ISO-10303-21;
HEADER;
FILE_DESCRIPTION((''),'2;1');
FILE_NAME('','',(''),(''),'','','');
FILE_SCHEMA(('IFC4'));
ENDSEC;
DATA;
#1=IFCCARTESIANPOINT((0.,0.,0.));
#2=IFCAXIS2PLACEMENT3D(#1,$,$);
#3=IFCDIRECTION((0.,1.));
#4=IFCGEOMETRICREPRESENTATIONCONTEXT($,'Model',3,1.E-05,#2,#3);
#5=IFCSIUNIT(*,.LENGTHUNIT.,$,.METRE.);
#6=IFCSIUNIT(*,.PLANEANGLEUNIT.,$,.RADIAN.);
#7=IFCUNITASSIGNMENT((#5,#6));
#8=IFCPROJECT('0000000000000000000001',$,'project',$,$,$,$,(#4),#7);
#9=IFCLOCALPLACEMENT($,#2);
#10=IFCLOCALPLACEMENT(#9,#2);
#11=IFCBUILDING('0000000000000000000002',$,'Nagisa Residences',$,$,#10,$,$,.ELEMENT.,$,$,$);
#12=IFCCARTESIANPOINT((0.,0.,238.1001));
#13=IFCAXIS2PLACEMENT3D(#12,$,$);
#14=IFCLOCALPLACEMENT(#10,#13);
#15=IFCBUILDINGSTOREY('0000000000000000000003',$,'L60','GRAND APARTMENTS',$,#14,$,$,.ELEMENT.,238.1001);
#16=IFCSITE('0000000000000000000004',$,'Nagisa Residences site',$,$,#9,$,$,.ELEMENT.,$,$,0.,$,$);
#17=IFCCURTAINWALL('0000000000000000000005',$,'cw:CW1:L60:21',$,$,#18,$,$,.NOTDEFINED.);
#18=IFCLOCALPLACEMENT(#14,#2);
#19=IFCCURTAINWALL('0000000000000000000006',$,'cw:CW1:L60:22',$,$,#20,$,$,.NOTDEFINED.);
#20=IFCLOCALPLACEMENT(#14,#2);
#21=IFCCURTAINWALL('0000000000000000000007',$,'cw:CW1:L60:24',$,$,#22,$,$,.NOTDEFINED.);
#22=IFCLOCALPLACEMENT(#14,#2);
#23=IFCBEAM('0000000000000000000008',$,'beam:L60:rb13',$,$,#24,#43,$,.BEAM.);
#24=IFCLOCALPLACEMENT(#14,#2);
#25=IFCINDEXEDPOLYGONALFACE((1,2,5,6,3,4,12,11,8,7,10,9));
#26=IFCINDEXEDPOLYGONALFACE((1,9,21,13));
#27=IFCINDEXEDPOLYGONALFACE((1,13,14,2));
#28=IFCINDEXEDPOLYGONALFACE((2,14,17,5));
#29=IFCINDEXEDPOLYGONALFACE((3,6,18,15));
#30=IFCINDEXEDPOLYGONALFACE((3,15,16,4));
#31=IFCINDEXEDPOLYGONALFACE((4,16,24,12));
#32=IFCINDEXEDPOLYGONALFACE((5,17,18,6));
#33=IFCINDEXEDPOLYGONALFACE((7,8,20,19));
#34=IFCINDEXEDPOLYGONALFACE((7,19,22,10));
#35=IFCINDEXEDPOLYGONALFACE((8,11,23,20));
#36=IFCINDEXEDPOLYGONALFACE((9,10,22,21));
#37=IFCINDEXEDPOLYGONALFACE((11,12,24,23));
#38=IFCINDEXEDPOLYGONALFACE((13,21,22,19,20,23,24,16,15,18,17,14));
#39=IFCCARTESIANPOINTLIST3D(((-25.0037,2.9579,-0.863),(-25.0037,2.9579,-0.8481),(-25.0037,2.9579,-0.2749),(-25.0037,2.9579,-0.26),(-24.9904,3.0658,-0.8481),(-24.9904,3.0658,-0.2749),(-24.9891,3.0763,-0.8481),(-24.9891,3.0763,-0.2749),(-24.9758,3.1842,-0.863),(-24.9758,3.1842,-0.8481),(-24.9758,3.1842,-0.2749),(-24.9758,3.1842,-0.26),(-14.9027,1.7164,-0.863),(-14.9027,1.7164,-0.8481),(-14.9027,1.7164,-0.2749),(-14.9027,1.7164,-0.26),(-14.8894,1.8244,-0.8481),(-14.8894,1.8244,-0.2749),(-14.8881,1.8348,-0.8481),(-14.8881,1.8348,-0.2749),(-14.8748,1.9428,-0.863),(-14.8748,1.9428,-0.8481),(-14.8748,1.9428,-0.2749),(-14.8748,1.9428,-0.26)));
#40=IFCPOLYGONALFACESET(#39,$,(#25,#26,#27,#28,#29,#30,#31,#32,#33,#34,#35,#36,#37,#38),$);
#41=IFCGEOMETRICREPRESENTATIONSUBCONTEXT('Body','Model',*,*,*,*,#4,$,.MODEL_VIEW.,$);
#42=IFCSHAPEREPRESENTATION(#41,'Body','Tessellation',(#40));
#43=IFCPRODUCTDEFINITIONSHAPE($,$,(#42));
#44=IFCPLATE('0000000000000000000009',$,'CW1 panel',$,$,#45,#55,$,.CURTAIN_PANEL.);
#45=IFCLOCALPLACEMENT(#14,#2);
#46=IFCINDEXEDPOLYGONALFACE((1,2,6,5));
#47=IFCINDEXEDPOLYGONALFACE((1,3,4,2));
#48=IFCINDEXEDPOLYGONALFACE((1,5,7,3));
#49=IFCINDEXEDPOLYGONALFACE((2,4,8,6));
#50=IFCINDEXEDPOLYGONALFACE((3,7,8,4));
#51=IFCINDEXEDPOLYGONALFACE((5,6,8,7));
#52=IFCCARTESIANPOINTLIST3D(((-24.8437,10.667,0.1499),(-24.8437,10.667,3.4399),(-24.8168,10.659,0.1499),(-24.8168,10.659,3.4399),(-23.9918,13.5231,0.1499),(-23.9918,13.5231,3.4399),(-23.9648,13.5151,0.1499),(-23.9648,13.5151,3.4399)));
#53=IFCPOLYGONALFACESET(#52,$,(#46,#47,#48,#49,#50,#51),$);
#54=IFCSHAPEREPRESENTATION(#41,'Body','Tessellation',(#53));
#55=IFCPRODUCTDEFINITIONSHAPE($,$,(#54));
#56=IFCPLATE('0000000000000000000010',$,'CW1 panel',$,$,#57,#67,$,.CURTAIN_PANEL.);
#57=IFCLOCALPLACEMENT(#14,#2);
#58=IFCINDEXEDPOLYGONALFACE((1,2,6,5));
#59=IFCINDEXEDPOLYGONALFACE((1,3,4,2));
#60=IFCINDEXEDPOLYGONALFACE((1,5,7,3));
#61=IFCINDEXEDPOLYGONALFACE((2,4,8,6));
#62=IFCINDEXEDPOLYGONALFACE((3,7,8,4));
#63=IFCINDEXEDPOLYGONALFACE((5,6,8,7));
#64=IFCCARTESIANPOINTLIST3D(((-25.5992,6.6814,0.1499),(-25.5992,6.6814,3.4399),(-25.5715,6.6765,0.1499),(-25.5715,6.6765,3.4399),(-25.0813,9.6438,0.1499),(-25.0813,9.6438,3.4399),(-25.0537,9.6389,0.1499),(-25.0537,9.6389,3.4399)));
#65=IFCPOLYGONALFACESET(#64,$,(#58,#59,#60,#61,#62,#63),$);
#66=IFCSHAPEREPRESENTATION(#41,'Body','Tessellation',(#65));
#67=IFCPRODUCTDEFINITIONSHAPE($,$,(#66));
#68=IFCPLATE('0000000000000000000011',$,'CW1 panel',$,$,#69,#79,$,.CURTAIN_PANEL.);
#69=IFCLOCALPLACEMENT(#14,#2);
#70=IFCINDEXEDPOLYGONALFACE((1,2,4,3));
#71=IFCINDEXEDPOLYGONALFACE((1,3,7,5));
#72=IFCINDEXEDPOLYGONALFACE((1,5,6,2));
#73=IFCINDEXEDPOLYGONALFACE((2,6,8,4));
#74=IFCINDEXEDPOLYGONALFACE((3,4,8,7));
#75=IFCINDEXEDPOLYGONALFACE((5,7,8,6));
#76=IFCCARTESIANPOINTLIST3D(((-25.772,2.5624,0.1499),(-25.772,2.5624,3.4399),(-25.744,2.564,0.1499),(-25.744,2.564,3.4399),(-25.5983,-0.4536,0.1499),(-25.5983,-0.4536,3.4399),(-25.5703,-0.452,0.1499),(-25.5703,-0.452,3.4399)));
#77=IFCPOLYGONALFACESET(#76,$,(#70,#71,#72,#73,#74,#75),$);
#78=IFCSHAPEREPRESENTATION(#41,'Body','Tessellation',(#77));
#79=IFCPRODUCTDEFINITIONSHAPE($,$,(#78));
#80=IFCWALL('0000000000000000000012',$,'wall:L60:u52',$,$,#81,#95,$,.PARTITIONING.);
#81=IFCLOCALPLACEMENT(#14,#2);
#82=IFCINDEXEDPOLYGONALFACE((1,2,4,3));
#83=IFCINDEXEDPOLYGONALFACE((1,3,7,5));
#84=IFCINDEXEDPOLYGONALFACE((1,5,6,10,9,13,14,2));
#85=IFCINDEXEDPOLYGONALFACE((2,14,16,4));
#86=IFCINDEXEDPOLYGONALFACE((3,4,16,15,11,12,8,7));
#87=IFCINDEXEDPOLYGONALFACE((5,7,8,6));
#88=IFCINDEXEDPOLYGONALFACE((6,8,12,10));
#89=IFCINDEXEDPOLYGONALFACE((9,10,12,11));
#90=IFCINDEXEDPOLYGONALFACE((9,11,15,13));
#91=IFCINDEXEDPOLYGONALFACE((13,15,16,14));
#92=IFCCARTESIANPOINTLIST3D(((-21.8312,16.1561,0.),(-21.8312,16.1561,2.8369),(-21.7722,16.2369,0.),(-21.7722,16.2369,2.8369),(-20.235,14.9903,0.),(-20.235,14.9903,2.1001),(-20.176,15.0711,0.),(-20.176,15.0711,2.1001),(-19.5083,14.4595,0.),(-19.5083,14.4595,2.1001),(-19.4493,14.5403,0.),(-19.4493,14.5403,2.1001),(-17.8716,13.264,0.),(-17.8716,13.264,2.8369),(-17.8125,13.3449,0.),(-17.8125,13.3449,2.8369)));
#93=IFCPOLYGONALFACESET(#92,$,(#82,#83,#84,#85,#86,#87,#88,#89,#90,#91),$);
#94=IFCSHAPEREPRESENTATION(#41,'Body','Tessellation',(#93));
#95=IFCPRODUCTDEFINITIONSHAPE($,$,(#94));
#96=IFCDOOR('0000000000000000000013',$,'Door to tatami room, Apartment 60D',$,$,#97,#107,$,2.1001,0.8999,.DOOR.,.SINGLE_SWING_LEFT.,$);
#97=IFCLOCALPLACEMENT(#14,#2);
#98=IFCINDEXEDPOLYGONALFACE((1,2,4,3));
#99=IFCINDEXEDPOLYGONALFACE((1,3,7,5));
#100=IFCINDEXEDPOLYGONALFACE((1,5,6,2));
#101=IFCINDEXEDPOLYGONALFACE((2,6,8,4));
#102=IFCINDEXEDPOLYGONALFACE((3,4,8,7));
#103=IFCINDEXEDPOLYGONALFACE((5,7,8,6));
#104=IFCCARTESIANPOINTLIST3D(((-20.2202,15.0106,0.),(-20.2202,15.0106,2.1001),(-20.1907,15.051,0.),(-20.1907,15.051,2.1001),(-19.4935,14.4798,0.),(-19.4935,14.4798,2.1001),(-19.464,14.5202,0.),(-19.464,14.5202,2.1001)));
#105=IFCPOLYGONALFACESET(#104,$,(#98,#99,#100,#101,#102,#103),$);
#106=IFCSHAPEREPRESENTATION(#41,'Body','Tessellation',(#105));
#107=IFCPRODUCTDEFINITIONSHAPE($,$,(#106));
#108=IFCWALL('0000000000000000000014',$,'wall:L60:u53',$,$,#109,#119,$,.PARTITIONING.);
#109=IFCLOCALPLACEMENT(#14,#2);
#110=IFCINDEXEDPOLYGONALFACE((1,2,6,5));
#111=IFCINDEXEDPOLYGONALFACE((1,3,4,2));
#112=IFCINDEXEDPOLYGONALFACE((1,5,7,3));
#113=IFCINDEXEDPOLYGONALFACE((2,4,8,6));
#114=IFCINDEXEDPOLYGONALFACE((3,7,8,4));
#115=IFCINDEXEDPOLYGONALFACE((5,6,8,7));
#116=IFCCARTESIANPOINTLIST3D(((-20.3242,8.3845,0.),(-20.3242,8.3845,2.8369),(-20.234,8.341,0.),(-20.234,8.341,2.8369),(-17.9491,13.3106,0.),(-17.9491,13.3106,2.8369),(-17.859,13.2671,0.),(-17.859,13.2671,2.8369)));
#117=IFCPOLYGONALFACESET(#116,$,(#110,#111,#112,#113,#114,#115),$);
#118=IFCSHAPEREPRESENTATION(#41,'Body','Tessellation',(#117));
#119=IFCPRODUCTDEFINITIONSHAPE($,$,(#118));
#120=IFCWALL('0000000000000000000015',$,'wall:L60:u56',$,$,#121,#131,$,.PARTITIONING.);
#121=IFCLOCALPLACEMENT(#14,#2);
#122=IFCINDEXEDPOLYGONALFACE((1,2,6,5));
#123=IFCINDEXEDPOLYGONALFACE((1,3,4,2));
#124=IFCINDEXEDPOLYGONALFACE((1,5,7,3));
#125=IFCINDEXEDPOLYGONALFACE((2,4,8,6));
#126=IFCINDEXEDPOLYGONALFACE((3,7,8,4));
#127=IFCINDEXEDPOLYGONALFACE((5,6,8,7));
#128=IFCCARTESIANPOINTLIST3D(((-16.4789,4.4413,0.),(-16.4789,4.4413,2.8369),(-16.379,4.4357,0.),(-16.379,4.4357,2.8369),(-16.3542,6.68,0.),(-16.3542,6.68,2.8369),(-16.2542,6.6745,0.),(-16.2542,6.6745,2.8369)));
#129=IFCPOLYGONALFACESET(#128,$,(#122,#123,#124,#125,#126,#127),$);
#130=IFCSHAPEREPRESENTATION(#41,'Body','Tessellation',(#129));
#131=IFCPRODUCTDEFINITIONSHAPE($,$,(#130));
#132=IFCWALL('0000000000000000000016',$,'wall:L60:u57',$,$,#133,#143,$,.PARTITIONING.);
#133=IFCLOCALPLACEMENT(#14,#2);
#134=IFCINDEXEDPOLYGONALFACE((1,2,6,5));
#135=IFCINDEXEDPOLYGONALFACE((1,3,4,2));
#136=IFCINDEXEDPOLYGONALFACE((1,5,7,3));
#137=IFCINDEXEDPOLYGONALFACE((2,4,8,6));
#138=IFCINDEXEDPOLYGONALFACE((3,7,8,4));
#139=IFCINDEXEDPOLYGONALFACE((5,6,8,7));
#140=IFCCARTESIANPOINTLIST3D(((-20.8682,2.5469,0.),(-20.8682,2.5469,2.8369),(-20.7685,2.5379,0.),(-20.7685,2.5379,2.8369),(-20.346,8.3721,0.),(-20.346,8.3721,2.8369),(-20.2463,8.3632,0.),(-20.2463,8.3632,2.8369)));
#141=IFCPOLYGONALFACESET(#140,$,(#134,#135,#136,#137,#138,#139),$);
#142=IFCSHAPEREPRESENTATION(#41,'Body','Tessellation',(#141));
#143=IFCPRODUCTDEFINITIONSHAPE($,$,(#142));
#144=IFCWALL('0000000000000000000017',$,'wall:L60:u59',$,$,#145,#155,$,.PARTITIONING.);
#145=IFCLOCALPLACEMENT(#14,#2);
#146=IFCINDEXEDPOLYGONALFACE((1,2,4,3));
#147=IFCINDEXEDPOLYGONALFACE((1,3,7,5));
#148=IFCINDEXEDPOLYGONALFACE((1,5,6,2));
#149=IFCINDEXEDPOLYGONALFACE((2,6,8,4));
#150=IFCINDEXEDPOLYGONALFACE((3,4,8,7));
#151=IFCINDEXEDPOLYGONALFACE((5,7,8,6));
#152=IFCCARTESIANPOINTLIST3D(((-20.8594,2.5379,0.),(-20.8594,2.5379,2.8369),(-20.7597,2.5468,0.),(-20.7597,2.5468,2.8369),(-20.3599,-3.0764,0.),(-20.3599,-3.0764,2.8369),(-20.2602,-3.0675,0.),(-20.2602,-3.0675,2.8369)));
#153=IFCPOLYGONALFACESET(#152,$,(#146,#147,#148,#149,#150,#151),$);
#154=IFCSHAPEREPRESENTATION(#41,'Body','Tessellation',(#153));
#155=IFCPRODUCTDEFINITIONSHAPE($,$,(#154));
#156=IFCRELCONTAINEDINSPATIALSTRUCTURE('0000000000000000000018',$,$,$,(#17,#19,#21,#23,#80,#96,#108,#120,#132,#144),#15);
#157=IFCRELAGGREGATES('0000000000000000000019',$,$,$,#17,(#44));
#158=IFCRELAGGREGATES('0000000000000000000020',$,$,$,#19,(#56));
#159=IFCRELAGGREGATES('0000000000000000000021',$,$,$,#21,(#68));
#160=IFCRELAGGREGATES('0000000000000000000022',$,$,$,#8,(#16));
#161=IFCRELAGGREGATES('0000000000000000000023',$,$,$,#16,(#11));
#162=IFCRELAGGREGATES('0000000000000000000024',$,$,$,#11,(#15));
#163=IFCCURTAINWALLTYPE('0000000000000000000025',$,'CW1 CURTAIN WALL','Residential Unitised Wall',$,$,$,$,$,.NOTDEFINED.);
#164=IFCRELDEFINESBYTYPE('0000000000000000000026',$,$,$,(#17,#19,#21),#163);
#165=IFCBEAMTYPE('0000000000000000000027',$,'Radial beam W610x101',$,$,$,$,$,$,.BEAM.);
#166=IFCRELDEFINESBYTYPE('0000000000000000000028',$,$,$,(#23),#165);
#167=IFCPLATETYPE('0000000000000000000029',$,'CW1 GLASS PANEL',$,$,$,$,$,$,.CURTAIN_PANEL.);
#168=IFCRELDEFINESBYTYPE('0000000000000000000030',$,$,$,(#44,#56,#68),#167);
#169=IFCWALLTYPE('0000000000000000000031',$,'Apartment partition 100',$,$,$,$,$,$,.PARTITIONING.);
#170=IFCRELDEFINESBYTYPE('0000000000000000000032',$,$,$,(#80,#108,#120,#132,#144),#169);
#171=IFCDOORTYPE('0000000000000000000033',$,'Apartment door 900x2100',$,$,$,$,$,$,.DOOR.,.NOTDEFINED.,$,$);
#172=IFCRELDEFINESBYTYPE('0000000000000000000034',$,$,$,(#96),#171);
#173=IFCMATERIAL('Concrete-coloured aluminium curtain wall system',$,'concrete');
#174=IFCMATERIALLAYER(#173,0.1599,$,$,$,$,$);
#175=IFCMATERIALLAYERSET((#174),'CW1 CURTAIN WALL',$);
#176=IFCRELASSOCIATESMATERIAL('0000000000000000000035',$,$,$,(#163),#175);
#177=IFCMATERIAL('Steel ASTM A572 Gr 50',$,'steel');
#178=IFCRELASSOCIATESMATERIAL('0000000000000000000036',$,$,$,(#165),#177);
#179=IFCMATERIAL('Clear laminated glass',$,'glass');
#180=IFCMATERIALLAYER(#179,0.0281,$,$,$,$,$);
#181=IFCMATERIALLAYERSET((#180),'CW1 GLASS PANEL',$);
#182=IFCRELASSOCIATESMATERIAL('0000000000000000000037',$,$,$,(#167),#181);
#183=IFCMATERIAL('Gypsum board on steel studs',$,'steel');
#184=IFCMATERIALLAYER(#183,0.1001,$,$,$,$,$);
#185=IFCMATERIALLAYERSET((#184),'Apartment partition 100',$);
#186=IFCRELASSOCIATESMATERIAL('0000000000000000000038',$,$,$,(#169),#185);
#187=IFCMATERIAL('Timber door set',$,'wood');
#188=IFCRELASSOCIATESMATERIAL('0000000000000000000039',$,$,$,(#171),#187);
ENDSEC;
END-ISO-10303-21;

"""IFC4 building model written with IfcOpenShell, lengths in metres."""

from ifc_helpers import new_model, si_unit, direction, frame, frame_2d, origin, origin_2d, place, context, subcontext, project, spatial, rectangle, i_section, extrude, material, layer, layer_set, material_profile, profile_set, type_object, element, fill, aggregate, save


model = new_model("IFC4")

# Units and contexts
model_context = context("Model", 3, precision=1e-05, world=origin(), true_north=direction((0.0, 1.0)))
body_context = subcontext(model_context, "Body", "Model", "MODEL_VIEW")
ifc_project = project(units=[si_unit("LENGTHUNIT", "METRE"), si_unit("PLANEANGLEUNIT", "RADIAN")], contexts=[model_context])

# Site, building, storey
site_placement = place(None, origin())
site = spatial("IfcSite", under=ifc_project, at=site_placement, Name="Nagisa Residences site", CompositionType="ELEMENT", RefElevation=0.0)
building_placement = place(site_placement, origin())
building = spatial("IfcBuilding", under=site, at=building_placement, Name="Nagisa Residences", CompositionType="ELEMENT")
storey_placement = place(building_placement, frame((0.0, 0.0, 238.1001)))
storey = spatial("IfcBuildingStorey", under=building, at=storey_placement, Name="L60", Description="GRAND APARTMENTS", CompositionType="ELEMENT", Elevation=238.1001)

# Curtain walls
ifc_material_1 = material(Name="Concrete-coloured aluminium curtain wall system", Category="concrete")
ifc_layer_1 = layer(ifc_material_1, 0.1599)
ifc_layer_set_1 = layer_set([ifc_layer_1], Name="CW1 CURTAIN WALL")
curtain_wall_type = type_object("IfcCurtainWallType", Name="CW1 CURTAIN WALL", Description="Residential Unitised Wall", PredefinedType="NOTDEFINED", material=ifc_layer_set_1)
curtain_wall_1_placement = place(storey_placement, origin())
curtain_wall_1 = element("IfcCurtainWall", 1, at=curtain_wall_1_placement, inside=storey, type_object=curtain_wall_type, Name="cw:CW1:L60:21", PredefinedType="NOTDEFINED")
curtain_wall_2_placement = place(storey_placement, origin())
curtain_wall_2 = element("IfcCurtainWall", 2, at=curtain_wall_2_placement, inside=storey, type_object=curtain_wall_type, Name="cw:CW1:L60:22", PredefinedType="NOTDEFINED")
curtain_wall_3_placement = place(storey_placement, origin())
curtain_wall_3 = element("IfcCurtainWall", 3, at=curtain_wall_3_placement, inside=storey, type_object=curtain_wall_type, Name="cw:CW1:L60:24", PredefinedType="NOTDEFINED")

# Beam
ifc_material_2 = material(Name="Steel ASTM A572 Gr 50", Category="steel")
ifc_material_profile_1 = material_profile(ifc_material_2, i_section(OverallWidth=0.228, OverallDepth=0.603, WebThickness=0.0105, FlangeThickness=0.0149, at=origin_2d()), Name="W610x101")
ifc_profile_set_1 = profile_set([ifc_material_profile_1], Name="Steel ASTM A572 Gr 50")
beam_type_1 = type_object("IfcBeamType", Name="Radial beam W610x101", PredefinedType="BEAM", material=ifc_profile_set_1)
beam_1_placement = place(storey_placement, frame((-24.9897, 3.071, -0.5615), z_axis=(0.992532, -0.121985, 0.0), x_axis=(0.121985, 0.992532, 0.0)))
element("IfcBeam", 4, at=beam_1_placement, inside=storey, type_object=beam_type_1, Name="beam:L60:rb13", PredefinedType="BEAM", context=body_context, shape_type="SweptSolid", body=[
    extrude(i_section(OverallWidth=0.228, OverallDepth=0.603, WebThickness=0.0105, FlangeThickness=0.0149, at=origin_2d()), origin(), (0.0, 0.0, 1.0), 10.177),
])

# Plates
ifc_material_3 = material(Name="Clear laminated glass", Category="glass")
ifc_layer_2 = layer(ifc_material_3, 0.0281)
ifc_layer_set_2 = layer_set([ifc_layer_2], Name="CW1 GLASS PANEL")
plate_type = type_object("IfcPlateType", Name="CW1 GLASS PANEL", PredefinedType="CURTAIN_PANEL", material=ifc_layer_set_2)
plate_1_placement = place(storey_placement, frame((-24.4043, 12.0911, 0.1499), z_axis=(0.0, 0.0, 1.0), x_axis=(-0.28586, -0.958271, 0.0)))
plate_1 = element("IfcPlate", 5, at=plate_1_placement, type_object=plate_type, Name="CW1 panel", PredefinedType="CURTAIN_PANEL", context=body_context, shape_type="SweptSolid", body=[
    extrude(rectangle(XDim=2.9805, YDim=0.0281, at=origin_2d()), origin(), (0.0, 0.0, 1.0), 3.29),
])
aggregate(curtain_wall_1, [plate_1])
plate_2_placement = place(storey_placement, frame((-25.3264, 8.1602, 0.1499), z_axis=(0.0, 0.0, 1.0), x_axis=(-0.172191, -0.985064, 0.0)))
plate_2 = element("IfcPlate", 6, at=plate_2_placement, type_object=plate_type, Name="CW1 panel", PredefinedType="CURTAIN_PANEL", context=body_context, shape_type="SweptSolid", body=[
    extrude(rectangle(XDim=3.0073, YDim=0.0281, at=origin_2d()), origin(), (0.0, 0.0, 1.0), 3.29),
])
aggregate(curtain_wall_2, [plate_2])
plate_3_placement = place(storey_placement, frame((-25.6711, 1.0552, 0.1499), z_axis=(0.0, 0.0, 1.0), x_axis=(0.057503, -0.998345, 0.0)))
plate_3 = element("IfcPlate", 7, at=plate_3_placement, type_object=plate_type, Name="CW1 panel", PredefinedType="CURTAIN_PANEL", context=body_context, shape_type="SweptSolid", body=[
    extrude(rectangle(XDim=3.021, YDim=0.0281, at=origin_2d()), origin(), (0.0, 0.0, 1.0), 3.29),
])
aggregate(curtain_wall_3, [plate_3])

# Wall, opening, door
ifc_material_4 = material(Name="Gypsum board on steel studs", Category="steel")
ifc_layer_3 = layer(ifc_material_4, 0.1001)
ifc_layer_set_3 = layer_set([ifc_layer_3], Name="Apartment partition 100")
wall_type_1 = type_object("IfcWallType", Name="Apartment partition 100", PredefinedType="PARTITIONING", material=ifc_layer_set_3)
wall_1_placement = place(storey_placement, frame((-17.842, 13.3044, 0.0), z_axis=(0.0, 0.0, 1.0), x_axis=(-0.807542, 0.589811, 0.0)))
wall_1 = element("IfcWall", 8, at=wall_1_placement, inside=storey, type_object=wall_type_1, Name="wall:L60:u52", PredefinedType="PARTITIONING", context=body_context, shape_type="SweptSolid", body=[
    extrude(rectangle(XDim=4.9033, YDim=0.1001, at=frame_2d((2.4517, 0.0))), origin(), (0.0, 0.0, 1.0), 2.8369),
])
opening_1_placement = place(wall_1_placement, frame((2.0269, 0.0, 0.0)))
opening_1 = element("IfcOpeningElement", 9, at=opening_1_placement, cuts=wall_1, PredefinedType="OPENING", context=body_context, shape_type="SweptSolid", body=[
    extrude(rectangle(XDim=0.8999, YDim=2.1001, at=frame_2d((0.45, 1.05))), frame((0.0, 0.0601, 0.0), z_axis=(0.0, -1.0, 0.0), x_axis=(1.0, 0.0, 0.0)), (0.0, 0.0, 1.0), 0.1201),
])
ifc_material_5 = material(Name="Timber door set", Category="wood")
door_type_1 = type_object("IfcDoorType", Name="Apartment door 900x2100", OperationType="NOTDEFINED", PredefinedType="DOOR", material=ifc_material_5)
door_1_placement = place(opening_1_placement, origin())
door_1 = element("IfcDoor", 10, at=door_1_placement, inside=storey, type_object=door_type_1, Name="Door to tatami room, Apartment 60D", OperationType="SINGLE_SWING_LEFT", OverallHeight=2.1001, OverallWidth=0.8999, PredefinedType="DOOR", context=body_context, shape_type="SweptSolid", body=[
    extrude(rectangle(XDim=0.8999, YDim=2.1001, at=frame_2d((0.45, 1.05))), frame((0.0, 0.0249, 0.0), z_axis=(0.0, -1.0, 0.0), x_axis=(1.0, 0.0, 0.0)), (0.0, 0.0, 1.0), 0.05),
])
fill(opening_1, door_1)

# Walls
wall_2_placement = place(storey_placement, frame((-17.9041, 13.2888, 0.0), z_axis=(0.0, 0.0, 1.0), x_axis=(-0.434292, -0.900772, 0.0)))
element("IfcWall", 11, at=wall_2_placement, inside=storey, type_object=wall_type_1, Name="wall:L60:u53", PredefinedType="PARTITIONING", context=body_context, shape_type="SweptSolid", body=[
    extrude(rectangle(XDim=5.4688, YDim=0.1001, at=frame_2d((2.7344, 0.0))), origin(), (0.0, 0.0, 1.0), 2.8369),
])
wall_3_placement = place(storey_placement, frame((-16.3042, 6.6772, 0.0), z_axis=(0.0, 0.0, 1.0), x_axis=(-0.055639, -0.998451, 0.0)))
element("IfcWall", 12, at=wall_3_placement, inside=storey, type_object=wall_type_1, Name="wall:L60:u56", PredefinedType="PARTITIONING", context=body_context, shape_type="SweptSolid", body=[
    extrude(rectangle(XDim=2.2422, YDim=0.1001, at=frame_2d((1.1211, 0.0))), origin(), (0.0, 0.0, 1.0), 2.8369),
])
wall_4_placement = place(storey_placement, frame((-20.2961, 8.3677, 0.0), z_axis=(0.0, 0.0, 1.0), x_axis=(-0.08929, -0.996006, 0.0)))
element("IfcWall", 13, at=wall_4_placement, inside=storey, type_object=wall_type_1, Name="wall:L60:u57", PredefinedType="PARTITIONING", context=body_context, shape_type="SweptSolid", body=[
    extrude(rectangle(XDim=5.8486, YDim=0.1001, at=frame_2d((2.9243, 0.0))), origin(), (0.0, 0.0, 1.0), 2.8369),
])
wall_5_placement = place(storey_placement, frame((-20.8096, 2.5425, 0.0), z_axis=(0.0, 0.0, 1.0), x_axis=(0.088622, -0.996065, 0.0)))
element("IfcWall", 14, at=wall_5_placement, inside=storey, type_object=wall_type_1, Name="wall:L60:u59", PredefinedType="PARTITIONING", context=body_context, shape_type="SweptSolid", body=[
    extrude(rectangle(XDim=5.6365, YDim=0.1001, at=frame_2d((2.8184, 0.0))), origin(), (0.0, 0.0, 1.0), 2.8369),
])

save(model, "model.ifc")
